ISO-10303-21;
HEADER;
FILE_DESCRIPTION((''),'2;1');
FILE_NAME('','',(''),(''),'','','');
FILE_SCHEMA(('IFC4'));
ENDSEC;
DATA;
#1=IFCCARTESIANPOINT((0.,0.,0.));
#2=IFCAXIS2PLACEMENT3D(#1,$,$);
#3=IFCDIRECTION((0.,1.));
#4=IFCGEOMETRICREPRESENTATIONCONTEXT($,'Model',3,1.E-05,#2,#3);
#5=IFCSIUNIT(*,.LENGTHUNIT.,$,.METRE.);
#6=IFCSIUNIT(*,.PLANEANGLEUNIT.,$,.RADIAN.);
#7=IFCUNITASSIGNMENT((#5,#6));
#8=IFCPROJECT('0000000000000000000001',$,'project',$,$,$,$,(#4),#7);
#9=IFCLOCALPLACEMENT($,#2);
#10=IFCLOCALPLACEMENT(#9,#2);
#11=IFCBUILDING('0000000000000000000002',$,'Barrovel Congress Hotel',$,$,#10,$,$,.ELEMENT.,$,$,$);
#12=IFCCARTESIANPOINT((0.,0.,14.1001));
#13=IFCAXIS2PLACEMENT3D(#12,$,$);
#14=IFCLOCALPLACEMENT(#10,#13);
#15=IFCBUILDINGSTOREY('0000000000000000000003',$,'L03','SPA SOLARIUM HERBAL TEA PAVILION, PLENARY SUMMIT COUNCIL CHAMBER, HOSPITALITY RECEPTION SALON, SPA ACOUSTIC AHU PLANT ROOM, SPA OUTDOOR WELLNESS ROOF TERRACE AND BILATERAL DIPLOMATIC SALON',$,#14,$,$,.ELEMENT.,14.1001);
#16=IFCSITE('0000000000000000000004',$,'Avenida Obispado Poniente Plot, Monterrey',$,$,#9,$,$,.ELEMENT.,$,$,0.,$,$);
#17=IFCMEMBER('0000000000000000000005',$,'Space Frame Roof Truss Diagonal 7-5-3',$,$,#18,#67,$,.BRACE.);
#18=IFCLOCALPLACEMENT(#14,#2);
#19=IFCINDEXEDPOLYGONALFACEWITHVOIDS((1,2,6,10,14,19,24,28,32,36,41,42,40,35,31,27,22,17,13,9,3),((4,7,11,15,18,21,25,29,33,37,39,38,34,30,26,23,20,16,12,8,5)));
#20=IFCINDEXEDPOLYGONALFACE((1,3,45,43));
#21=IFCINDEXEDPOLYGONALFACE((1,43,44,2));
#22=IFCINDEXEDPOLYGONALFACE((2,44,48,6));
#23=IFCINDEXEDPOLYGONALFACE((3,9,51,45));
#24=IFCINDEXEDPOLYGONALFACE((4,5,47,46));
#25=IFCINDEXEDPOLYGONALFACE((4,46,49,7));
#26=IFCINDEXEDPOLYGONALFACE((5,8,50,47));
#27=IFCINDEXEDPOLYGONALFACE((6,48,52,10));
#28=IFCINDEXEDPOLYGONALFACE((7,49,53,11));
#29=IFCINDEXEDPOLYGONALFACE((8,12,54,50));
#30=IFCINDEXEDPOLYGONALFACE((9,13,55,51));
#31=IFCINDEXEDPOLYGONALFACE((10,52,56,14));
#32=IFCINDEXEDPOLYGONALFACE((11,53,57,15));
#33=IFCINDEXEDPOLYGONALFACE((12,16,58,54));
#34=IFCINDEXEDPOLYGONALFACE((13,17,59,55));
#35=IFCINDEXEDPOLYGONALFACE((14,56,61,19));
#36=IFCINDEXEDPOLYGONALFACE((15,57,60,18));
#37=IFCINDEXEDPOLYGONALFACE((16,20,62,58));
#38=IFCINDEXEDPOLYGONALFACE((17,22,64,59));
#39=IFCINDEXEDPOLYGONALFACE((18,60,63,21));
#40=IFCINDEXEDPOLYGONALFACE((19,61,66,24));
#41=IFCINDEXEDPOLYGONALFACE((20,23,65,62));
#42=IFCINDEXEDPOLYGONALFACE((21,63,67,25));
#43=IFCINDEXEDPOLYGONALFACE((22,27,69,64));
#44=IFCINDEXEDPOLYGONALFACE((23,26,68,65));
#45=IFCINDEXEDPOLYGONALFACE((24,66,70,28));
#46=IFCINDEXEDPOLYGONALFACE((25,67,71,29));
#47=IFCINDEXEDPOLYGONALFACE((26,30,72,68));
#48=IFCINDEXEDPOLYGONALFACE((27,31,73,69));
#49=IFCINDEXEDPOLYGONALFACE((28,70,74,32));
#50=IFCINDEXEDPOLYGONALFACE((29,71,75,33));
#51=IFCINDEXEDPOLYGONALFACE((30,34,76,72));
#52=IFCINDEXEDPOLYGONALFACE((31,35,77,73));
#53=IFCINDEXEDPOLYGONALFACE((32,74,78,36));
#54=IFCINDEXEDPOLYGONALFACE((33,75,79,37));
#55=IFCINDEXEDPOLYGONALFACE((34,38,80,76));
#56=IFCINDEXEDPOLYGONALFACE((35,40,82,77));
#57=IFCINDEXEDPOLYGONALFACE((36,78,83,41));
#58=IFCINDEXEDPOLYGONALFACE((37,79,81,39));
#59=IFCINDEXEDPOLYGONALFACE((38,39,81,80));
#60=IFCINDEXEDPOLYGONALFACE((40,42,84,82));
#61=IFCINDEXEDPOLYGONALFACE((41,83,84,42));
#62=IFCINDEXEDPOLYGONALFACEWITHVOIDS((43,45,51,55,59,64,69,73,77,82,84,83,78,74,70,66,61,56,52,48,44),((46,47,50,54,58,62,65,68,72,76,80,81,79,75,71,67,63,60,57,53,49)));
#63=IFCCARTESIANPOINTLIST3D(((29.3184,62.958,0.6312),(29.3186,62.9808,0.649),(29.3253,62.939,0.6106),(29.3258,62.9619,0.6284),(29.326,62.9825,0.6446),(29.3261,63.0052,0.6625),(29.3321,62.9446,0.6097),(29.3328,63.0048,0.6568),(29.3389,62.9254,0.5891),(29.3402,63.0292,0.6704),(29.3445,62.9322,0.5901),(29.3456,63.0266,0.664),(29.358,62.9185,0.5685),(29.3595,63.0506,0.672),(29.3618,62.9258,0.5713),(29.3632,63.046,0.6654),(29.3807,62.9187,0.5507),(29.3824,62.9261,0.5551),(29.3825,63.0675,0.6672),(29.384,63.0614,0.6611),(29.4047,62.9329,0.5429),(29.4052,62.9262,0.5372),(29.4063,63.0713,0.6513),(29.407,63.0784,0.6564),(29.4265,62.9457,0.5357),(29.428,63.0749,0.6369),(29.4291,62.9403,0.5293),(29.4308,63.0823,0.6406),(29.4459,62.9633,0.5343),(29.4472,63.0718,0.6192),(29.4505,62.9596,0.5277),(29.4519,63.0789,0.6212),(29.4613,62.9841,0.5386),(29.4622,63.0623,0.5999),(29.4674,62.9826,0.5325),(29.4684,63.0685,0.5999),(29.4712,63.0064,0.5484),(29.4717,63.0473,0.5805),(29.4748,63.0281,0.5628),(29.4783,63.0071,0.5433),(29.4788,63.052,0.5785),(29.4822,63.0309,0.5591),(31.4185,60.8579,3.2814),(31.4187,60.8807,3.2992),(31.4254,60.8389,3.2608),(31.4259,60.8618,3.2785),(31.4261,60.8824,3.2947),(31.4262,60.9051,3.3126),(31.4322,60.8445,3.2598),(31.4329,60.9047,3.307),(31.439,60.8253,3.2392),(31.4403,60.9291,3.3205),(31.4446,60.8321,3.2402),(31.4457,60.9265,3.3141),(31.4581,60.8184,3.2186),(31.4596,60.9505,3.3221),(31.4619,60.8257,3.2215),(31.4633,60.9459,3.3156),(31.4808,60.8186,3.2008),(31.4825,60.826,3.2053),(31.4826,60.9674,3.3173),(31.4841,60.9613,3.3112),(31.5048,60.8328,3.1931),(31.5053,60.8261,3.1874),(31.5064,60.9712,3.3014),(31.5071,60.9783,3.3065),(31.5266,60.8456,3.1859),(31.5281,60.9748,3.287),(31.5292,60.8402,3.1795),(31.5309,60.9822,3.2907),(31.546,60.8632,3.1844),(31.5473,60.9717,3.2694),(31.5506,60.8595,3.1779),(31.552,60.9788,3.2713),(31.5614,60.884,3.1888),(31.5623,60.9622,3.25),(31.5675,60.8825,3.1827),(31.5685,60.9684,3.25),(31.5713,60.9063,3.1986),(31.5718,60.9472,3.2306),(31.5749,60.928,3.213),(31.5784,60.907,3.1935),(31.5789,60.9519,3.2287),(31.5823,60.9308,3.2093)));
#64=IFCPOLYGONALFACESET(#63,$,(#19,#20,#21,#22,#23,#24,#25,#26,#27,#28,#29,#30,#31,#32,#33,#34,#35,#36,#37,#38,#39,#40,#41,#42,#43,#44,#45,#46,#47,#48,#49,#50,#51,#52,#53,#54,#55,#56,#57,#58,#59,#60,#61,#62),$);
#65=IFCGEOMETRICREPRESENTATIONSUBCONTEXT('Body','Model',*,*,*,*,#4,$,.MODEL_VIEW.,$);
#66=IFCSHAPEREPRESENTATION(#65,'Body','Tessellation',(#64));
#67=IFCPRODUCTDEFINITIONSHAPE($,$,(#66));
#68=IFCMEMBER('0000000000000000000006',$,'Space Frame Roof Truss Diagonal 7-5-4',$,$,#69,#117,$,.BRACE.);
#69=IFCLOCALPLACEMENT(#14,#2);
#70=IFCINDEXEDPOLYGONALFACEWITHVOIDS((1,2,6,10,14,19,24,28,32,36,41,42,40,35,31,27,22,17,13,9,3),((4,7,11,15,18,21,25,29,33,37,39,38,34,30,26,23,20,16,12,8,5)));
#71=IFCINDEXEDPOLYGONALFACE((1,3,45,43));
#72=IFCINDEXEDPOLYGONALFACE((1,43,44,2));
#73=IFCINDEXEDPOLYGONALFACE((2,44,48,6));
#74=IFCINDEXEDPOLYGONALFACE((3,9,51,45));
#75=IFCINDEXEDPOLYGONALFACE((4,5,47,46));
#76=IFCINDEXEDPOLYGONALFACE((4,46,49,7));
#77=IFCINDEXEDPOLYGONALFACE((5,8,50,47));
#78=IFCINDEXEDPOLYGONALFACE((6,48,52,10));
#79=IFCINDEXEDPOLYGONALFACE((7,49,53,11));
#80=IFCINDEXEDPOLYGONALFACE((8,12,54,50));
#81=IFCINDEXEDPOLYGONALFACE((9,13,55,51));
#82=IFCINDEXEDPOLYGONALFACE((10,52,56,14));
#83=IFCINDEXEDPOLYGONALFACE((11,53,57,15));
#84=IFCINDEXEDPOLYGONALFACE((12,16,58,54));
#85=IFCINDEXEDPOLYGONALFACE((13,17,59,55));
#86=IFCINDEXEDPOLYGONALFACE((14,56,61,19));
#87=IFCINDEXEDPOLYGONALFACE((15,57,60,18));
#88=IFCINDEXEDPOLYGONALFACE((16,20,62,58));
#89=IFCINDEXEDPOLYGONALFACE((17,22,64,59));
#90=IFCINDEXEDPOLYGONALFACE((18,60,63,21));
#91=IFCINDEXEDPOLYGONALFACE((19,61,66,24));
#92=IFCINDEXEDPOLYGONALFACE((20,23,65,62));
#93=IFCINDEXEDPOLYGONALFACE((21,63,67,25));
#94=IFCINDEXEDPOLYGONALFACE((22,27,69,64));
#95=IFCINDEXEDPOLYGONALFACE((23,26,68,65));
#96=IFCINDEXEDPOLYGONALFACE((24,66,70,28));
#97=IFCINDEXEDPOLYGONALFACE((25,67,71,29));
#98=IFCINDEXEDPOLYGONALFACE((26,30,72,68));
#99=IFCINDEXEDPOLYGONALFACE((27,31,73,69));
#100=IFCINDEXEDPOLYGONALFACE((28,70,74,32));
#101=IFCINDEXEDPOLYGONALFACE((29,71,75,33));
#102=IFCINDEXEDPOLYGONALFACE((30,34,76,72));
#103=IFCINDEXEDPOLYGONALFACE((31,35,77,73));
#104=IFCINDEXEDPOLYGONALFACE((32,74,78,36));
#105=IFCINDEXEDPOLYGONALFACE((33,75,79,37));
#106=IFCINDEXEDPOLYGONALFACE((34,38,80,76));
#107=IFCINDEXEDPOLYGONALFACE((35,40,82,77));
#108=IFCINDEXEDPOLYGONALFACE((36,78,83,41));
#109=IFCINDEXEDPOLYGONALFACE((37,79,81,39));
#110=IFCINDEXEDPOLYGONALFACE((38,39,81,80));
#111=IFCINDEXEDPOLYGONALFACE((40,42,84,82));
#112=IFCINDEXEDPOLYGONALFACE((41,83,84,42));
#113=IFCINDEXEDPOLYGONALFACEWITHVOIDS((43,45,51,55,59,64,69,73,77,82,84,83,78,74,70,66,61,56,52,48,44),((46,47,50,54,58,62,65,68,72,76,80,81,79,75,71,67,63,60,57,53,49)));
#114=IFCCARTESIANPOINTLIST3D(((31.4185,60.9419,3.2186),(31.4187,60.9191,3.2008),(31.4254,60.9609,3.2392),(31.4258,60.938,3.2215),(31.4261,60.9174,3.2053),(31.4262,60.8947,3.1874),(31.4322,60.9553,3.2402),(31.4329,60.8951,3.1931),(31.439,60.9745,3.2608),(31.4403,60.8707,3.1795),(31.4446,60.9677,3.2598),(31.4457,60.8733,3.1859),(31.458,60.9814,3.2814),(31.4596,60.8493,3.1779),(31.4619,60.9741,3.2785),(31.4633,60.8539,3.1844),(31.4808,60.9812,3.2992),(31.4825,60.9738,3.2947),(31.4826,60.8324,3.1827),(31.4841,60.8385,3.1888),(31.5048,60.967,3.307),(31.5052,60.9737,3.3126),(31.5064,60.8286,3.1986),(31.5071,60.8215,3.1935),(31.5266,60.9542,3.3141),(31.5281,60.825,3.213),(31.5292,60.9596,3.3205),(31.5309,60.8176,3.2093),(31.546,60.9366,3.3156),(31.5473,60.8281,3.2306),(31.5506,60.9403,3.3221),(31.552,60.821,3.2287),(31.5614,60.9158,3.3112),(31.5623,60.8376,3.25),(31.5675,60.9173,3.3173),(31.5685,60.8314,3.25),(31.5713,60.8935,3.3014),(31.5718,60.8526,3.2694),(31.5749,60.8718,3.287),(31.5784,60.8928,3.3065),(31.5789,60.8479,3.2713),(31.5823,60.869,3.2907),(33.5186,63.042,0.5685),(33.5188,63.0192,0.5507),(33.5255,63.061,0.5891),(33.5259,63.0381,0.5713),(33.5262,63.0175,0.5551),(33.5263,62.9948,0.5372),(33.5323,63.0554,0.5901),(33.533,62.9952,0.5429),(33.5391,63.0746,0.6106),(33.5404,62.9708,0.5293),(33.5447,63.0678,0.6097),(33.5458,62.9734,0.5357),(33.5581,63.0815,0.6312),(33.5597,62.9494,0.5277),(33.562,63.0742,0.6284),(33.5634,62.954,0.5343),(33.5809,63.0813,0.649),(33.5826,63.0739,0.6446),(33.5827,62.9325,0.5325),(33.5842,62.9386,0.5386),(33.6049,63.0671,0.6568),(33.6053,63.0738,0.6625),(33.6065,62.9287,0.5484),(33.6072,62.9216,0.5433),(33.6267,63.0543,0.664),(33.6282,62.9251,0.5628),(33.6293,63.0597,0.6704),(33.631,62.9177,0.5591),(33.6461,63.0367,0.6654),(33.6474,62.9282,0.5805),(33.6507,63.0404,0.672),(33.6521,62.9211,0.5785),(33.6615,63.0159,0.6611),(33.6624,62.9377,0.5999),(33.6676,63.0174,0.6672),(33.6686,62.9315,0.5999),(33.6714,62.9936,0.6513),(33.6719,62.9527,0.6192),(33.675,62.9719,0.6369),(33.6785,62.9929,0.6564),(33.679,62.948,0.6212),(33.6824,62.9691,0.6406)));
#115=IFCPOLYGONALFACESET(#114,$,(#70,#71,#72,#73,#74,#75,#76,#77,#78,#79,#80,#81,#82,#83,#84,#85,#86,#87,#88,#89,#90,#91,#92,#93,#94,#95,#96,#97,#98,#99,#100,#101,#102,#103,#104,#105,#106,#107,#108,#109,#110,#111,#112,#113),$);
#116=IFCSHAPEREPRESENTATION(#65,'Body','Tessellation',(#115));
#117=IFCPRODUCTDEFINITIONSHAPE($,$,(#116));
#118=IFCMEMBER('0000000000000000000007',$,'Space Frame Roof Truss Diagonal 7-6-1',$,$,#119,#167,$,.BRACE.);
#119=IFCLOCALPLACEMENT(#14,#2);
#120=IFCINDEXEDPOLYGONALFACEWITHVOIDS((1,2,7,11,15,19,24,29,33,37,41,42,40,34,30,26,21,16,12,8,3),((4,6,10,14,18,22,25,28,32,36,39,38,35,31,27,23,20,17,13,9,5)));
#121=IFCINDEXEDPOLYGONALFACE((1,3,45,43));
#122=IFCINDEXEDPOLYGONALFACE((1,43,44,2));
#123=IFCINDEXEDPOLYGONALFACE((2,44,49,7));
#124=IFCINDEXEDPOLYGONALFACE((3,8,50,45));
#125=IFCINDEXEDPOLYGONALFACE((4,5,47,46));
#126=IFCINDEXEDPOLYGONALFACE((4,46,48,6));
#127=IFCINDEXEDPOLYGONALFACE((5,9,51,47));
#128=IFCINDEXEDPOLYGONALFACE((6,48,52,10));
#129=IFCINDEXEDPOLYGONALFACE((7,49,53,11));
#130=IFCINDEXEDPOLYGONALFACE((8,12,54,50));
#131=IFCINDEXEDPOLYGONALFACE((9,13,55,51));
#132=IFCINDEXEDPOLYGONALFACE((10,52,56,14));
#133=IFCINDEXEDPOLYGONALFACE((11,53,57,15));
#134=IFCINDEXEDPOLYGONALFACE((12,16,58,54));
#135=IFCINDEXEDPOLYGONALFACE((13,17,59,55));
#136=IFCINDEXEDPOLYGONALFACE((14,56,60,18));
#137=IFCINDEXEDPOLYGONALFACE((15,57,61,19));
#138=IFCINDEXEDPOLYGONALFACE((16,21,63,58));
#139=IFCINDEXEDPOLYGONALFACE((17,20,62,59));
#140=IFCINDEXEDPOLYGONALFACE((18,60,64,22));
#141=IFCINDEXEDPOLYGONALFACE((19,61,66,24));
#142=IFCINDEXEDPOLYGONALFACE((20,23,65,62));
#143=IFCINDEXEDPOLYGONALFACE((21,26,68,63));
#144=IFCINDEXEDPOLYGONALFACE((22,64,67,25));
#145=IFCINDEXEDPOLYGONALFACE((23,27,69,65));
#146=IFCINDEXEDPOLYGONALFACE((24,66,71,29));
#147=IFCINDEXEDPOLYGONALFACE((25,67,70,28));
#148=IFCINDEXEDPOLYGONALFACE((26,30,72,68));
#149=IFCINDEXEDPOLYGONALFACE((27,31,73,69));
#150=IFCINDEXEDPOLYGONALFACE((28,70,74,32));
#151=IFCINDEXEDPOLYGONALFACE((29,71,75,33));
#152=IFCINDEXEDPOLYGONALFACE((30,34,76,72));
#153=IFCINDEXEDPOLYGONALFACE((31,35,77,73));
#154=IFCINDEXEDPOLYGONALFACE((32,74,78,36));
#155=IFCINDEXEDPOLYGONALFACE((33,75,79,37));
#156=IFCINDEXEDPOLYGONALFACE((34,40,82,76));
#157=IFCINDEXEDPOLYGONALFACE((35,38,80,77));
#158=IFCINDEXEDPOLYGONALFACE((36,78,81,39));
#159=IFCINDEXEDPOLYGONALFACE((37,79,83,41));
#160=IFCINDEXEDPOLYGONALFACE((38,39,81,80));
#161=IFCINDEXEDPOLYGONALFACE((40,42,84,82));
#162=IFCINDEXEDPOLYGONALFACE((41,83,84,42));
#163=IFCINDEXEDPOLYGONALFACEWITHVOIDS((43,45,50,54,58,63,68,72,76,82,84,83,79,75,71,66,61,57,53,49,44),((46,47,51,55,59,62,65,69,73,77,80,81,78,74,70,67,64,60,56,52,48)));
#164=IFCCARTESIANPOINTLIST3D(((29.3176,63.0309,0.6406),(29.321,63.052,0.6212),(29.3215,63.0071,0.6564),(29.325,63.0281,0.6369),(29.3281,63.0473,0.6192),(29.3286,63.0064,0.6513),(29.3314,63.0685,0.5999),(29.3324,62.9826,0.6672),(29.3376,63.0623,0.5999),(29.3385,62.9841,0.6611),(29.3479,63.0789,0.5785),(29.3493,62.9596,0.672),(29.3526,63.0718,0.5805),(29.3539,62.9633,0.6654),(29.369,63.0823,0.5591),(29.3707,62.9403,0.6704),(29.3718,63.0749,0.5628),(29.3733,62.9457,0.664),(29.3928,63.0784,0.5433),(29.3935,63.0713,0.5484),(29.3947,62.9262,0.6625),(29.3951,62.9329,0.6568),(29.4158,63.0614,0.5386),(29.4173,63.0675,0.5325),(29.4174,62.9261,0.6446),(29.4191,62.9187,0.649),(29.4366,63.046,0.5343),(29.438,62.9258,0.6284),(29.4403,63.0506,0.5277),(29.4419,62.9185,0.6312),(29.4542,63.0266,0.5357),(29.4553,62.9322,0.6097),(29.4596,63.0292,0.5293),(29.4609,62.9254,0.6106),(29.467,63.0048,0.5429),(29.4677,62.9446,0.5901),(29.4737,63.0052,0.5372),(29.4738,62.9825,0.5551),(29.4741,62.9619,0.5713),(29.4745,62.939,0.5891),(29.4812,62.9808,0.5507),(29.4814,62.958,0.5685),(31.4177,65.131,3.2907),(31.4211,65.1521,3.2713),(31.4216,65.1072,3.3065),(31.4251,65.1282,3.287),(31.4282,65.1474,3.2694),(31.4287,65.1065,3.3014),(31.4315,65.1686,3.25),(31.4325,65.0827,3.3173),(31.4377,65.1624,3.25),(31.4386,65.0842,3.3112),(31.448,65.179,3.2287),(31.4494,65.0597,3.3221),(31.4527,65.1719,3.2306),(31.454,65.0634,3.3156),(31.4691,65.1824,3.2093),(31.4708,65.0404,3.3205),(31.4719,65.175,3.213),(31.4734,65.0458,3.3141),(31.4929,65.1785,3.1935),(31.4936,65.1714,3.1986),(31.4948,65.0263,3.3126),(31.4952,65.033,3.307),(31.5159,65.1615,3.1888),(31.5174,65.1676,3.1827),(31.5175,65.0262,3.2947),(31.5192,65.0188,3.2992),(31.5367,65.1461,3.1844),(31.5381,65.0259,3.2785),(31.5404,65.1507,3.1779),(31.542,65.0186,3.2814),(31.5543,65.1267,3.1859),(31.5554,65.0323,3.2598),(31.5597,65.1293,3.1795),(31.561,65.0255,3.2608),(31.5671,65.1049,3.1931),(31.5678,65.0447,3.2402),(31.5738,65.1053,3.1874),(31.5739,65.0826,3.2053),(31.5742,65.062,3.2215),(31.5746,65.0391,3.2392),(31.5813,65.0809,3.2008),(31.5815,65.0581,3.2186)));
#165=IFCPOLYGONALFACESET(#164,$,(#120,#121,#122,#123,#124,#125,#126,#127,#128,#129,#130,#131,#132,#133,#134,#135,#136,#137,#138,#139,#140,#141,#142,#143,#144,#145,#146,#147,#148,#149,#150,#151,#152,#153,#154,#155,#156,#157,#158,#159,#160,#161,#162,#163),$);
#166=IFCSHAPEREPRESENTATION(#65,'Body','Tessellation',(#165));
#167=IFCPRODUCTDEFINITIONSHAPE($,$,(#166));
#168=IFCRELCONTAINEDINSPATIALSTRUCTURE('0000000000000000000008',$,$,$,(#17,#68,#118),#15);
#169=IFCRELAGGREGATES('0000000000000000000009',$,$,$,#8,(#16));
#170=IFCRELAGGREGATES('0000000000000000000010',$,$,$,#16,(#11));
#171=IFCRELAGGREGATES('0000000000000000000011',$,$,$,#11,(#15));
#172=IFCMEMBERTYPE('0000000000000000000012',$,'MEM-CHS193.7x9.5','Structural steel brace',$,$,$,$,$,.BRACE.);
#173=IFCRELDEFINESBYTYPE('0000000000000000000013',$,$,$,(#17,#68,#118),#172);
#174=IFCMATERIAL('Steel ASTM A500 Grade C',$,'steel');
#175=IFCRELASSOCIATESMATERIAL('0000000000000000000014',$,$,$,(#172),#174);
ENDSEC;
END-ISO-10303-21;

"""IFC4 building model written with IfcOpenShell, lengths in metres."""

from ifc_helpers import new_model, si_unit, direction, frame, origin, origin_2d, place, context, subcontext, project, spatial, hollow_circle, extrude, material, material_profile, profile_set, type_object, element, save


model = new_model("IFC4")

# Units and contexts
model_context = context("Model", 3, precision=1e-05, world=origin(), true_north=direction((0.0, 1.0)))
body_context = subcontext(model_context, "Body", "Model", "MODEL_VIEW")
ifc_project = project(units=[si_unit("LENGTHUNIT", "METRE"), si_unit("PLANEANGLEUNIT", "RADIAN")], contexts=[model_context])

# Site, building, storey
site_placement = place(None, origin())
site = spatial("IfcSite", under=ifc_project, at=site_placement, Name="Avenida Obispado Poniente Plot, Monterrey", CompositionType="ELEMENT", RefElevation=0.0)
building_placement = place(site_placement, origin())
building = spatial("IfcBuilding", under=site, at=building_placement, Name="Barrovel Congress Hotel", CompositionType="ELEMENT")
storey_placement = place(building_placement, frame((0.0, 0.0, 14.1001)))
storey = spatial("IfcBuildingStorey", under=building, at=storey_placement, Name="L03", Description="SPA SOLARIUM HERBAL TEA PAVILION, PLENARY SUMMIT COUNCIL CHAMBER, HOSPITALITY RECEPTION SALON, SPA ACOUSTIC AHU PLANT ROOM, SPA OUTDOOR WELLNESS ROOF TERRACE AND BILATERAL DIPLOMATIC SALON", CompositionType="ELEMENT", Elevation=14.1001)

# Members
ifc_material_1 = material(Name="Steel ASTM A500 Grade C", Category="steel")
ifc_material_profile_1 = material_profile(ifc_material_1, hollow_circle(Radius=0.0969, WallThickness=0.0088, at=origin_2d()), Name="CHS193.7x9.5")
ifc_profile_set_1 = profile_set([ifc_material_profile_1], Name="Steel ASTM A500 Grade C")
member_type_1 = type_object("IfcMemberType", Name="MEM-CHS193.7x9.5", Description="Structural steel brace", PredefinedType="BRACE", material=ifc_profile_set_1)
for number, where, z_axis, x_axis, name in (
    (1, (29.3999, 63.0, 0.5999), (0.527601, -0.527601, 0.665788), (0.707107, 0.707107, 0.0), "Space Frame Roof Truss Diagonal 7-5-3"),
    (2, (33.6001, 63.0, 0.5999), (-0.527601, -0.527601, 0.665788), (0.707107, -0.707107, 0.0), "Space Frame Roof Truss Diagonal 7-5-4"),
    (3, (29.3999, 63.0, 0.5999), (0.527601, 0.527601, 0.665788), (-0.707107, 0.707107, 0.0), "Space Frame Roof Truss Diagonal 7-6-1"),
):
    element("IfcMember", number, at=place(storey_placement, frame(where, z_axis=z_axis, x_axis=x_axis)), inside=storey, type_object=member_type_1, Name=name, PredefinedType="BRACE", context=body_context, shape_type="SweptSolid", body=[
        extrude(hollow_circle(Radius=0.0969, WallThickness=0.0088, at=origin_2d()), origin(), (0.0, 0.0, 1.0), 3.9805),
    ])

save(model, "model.ifc")
